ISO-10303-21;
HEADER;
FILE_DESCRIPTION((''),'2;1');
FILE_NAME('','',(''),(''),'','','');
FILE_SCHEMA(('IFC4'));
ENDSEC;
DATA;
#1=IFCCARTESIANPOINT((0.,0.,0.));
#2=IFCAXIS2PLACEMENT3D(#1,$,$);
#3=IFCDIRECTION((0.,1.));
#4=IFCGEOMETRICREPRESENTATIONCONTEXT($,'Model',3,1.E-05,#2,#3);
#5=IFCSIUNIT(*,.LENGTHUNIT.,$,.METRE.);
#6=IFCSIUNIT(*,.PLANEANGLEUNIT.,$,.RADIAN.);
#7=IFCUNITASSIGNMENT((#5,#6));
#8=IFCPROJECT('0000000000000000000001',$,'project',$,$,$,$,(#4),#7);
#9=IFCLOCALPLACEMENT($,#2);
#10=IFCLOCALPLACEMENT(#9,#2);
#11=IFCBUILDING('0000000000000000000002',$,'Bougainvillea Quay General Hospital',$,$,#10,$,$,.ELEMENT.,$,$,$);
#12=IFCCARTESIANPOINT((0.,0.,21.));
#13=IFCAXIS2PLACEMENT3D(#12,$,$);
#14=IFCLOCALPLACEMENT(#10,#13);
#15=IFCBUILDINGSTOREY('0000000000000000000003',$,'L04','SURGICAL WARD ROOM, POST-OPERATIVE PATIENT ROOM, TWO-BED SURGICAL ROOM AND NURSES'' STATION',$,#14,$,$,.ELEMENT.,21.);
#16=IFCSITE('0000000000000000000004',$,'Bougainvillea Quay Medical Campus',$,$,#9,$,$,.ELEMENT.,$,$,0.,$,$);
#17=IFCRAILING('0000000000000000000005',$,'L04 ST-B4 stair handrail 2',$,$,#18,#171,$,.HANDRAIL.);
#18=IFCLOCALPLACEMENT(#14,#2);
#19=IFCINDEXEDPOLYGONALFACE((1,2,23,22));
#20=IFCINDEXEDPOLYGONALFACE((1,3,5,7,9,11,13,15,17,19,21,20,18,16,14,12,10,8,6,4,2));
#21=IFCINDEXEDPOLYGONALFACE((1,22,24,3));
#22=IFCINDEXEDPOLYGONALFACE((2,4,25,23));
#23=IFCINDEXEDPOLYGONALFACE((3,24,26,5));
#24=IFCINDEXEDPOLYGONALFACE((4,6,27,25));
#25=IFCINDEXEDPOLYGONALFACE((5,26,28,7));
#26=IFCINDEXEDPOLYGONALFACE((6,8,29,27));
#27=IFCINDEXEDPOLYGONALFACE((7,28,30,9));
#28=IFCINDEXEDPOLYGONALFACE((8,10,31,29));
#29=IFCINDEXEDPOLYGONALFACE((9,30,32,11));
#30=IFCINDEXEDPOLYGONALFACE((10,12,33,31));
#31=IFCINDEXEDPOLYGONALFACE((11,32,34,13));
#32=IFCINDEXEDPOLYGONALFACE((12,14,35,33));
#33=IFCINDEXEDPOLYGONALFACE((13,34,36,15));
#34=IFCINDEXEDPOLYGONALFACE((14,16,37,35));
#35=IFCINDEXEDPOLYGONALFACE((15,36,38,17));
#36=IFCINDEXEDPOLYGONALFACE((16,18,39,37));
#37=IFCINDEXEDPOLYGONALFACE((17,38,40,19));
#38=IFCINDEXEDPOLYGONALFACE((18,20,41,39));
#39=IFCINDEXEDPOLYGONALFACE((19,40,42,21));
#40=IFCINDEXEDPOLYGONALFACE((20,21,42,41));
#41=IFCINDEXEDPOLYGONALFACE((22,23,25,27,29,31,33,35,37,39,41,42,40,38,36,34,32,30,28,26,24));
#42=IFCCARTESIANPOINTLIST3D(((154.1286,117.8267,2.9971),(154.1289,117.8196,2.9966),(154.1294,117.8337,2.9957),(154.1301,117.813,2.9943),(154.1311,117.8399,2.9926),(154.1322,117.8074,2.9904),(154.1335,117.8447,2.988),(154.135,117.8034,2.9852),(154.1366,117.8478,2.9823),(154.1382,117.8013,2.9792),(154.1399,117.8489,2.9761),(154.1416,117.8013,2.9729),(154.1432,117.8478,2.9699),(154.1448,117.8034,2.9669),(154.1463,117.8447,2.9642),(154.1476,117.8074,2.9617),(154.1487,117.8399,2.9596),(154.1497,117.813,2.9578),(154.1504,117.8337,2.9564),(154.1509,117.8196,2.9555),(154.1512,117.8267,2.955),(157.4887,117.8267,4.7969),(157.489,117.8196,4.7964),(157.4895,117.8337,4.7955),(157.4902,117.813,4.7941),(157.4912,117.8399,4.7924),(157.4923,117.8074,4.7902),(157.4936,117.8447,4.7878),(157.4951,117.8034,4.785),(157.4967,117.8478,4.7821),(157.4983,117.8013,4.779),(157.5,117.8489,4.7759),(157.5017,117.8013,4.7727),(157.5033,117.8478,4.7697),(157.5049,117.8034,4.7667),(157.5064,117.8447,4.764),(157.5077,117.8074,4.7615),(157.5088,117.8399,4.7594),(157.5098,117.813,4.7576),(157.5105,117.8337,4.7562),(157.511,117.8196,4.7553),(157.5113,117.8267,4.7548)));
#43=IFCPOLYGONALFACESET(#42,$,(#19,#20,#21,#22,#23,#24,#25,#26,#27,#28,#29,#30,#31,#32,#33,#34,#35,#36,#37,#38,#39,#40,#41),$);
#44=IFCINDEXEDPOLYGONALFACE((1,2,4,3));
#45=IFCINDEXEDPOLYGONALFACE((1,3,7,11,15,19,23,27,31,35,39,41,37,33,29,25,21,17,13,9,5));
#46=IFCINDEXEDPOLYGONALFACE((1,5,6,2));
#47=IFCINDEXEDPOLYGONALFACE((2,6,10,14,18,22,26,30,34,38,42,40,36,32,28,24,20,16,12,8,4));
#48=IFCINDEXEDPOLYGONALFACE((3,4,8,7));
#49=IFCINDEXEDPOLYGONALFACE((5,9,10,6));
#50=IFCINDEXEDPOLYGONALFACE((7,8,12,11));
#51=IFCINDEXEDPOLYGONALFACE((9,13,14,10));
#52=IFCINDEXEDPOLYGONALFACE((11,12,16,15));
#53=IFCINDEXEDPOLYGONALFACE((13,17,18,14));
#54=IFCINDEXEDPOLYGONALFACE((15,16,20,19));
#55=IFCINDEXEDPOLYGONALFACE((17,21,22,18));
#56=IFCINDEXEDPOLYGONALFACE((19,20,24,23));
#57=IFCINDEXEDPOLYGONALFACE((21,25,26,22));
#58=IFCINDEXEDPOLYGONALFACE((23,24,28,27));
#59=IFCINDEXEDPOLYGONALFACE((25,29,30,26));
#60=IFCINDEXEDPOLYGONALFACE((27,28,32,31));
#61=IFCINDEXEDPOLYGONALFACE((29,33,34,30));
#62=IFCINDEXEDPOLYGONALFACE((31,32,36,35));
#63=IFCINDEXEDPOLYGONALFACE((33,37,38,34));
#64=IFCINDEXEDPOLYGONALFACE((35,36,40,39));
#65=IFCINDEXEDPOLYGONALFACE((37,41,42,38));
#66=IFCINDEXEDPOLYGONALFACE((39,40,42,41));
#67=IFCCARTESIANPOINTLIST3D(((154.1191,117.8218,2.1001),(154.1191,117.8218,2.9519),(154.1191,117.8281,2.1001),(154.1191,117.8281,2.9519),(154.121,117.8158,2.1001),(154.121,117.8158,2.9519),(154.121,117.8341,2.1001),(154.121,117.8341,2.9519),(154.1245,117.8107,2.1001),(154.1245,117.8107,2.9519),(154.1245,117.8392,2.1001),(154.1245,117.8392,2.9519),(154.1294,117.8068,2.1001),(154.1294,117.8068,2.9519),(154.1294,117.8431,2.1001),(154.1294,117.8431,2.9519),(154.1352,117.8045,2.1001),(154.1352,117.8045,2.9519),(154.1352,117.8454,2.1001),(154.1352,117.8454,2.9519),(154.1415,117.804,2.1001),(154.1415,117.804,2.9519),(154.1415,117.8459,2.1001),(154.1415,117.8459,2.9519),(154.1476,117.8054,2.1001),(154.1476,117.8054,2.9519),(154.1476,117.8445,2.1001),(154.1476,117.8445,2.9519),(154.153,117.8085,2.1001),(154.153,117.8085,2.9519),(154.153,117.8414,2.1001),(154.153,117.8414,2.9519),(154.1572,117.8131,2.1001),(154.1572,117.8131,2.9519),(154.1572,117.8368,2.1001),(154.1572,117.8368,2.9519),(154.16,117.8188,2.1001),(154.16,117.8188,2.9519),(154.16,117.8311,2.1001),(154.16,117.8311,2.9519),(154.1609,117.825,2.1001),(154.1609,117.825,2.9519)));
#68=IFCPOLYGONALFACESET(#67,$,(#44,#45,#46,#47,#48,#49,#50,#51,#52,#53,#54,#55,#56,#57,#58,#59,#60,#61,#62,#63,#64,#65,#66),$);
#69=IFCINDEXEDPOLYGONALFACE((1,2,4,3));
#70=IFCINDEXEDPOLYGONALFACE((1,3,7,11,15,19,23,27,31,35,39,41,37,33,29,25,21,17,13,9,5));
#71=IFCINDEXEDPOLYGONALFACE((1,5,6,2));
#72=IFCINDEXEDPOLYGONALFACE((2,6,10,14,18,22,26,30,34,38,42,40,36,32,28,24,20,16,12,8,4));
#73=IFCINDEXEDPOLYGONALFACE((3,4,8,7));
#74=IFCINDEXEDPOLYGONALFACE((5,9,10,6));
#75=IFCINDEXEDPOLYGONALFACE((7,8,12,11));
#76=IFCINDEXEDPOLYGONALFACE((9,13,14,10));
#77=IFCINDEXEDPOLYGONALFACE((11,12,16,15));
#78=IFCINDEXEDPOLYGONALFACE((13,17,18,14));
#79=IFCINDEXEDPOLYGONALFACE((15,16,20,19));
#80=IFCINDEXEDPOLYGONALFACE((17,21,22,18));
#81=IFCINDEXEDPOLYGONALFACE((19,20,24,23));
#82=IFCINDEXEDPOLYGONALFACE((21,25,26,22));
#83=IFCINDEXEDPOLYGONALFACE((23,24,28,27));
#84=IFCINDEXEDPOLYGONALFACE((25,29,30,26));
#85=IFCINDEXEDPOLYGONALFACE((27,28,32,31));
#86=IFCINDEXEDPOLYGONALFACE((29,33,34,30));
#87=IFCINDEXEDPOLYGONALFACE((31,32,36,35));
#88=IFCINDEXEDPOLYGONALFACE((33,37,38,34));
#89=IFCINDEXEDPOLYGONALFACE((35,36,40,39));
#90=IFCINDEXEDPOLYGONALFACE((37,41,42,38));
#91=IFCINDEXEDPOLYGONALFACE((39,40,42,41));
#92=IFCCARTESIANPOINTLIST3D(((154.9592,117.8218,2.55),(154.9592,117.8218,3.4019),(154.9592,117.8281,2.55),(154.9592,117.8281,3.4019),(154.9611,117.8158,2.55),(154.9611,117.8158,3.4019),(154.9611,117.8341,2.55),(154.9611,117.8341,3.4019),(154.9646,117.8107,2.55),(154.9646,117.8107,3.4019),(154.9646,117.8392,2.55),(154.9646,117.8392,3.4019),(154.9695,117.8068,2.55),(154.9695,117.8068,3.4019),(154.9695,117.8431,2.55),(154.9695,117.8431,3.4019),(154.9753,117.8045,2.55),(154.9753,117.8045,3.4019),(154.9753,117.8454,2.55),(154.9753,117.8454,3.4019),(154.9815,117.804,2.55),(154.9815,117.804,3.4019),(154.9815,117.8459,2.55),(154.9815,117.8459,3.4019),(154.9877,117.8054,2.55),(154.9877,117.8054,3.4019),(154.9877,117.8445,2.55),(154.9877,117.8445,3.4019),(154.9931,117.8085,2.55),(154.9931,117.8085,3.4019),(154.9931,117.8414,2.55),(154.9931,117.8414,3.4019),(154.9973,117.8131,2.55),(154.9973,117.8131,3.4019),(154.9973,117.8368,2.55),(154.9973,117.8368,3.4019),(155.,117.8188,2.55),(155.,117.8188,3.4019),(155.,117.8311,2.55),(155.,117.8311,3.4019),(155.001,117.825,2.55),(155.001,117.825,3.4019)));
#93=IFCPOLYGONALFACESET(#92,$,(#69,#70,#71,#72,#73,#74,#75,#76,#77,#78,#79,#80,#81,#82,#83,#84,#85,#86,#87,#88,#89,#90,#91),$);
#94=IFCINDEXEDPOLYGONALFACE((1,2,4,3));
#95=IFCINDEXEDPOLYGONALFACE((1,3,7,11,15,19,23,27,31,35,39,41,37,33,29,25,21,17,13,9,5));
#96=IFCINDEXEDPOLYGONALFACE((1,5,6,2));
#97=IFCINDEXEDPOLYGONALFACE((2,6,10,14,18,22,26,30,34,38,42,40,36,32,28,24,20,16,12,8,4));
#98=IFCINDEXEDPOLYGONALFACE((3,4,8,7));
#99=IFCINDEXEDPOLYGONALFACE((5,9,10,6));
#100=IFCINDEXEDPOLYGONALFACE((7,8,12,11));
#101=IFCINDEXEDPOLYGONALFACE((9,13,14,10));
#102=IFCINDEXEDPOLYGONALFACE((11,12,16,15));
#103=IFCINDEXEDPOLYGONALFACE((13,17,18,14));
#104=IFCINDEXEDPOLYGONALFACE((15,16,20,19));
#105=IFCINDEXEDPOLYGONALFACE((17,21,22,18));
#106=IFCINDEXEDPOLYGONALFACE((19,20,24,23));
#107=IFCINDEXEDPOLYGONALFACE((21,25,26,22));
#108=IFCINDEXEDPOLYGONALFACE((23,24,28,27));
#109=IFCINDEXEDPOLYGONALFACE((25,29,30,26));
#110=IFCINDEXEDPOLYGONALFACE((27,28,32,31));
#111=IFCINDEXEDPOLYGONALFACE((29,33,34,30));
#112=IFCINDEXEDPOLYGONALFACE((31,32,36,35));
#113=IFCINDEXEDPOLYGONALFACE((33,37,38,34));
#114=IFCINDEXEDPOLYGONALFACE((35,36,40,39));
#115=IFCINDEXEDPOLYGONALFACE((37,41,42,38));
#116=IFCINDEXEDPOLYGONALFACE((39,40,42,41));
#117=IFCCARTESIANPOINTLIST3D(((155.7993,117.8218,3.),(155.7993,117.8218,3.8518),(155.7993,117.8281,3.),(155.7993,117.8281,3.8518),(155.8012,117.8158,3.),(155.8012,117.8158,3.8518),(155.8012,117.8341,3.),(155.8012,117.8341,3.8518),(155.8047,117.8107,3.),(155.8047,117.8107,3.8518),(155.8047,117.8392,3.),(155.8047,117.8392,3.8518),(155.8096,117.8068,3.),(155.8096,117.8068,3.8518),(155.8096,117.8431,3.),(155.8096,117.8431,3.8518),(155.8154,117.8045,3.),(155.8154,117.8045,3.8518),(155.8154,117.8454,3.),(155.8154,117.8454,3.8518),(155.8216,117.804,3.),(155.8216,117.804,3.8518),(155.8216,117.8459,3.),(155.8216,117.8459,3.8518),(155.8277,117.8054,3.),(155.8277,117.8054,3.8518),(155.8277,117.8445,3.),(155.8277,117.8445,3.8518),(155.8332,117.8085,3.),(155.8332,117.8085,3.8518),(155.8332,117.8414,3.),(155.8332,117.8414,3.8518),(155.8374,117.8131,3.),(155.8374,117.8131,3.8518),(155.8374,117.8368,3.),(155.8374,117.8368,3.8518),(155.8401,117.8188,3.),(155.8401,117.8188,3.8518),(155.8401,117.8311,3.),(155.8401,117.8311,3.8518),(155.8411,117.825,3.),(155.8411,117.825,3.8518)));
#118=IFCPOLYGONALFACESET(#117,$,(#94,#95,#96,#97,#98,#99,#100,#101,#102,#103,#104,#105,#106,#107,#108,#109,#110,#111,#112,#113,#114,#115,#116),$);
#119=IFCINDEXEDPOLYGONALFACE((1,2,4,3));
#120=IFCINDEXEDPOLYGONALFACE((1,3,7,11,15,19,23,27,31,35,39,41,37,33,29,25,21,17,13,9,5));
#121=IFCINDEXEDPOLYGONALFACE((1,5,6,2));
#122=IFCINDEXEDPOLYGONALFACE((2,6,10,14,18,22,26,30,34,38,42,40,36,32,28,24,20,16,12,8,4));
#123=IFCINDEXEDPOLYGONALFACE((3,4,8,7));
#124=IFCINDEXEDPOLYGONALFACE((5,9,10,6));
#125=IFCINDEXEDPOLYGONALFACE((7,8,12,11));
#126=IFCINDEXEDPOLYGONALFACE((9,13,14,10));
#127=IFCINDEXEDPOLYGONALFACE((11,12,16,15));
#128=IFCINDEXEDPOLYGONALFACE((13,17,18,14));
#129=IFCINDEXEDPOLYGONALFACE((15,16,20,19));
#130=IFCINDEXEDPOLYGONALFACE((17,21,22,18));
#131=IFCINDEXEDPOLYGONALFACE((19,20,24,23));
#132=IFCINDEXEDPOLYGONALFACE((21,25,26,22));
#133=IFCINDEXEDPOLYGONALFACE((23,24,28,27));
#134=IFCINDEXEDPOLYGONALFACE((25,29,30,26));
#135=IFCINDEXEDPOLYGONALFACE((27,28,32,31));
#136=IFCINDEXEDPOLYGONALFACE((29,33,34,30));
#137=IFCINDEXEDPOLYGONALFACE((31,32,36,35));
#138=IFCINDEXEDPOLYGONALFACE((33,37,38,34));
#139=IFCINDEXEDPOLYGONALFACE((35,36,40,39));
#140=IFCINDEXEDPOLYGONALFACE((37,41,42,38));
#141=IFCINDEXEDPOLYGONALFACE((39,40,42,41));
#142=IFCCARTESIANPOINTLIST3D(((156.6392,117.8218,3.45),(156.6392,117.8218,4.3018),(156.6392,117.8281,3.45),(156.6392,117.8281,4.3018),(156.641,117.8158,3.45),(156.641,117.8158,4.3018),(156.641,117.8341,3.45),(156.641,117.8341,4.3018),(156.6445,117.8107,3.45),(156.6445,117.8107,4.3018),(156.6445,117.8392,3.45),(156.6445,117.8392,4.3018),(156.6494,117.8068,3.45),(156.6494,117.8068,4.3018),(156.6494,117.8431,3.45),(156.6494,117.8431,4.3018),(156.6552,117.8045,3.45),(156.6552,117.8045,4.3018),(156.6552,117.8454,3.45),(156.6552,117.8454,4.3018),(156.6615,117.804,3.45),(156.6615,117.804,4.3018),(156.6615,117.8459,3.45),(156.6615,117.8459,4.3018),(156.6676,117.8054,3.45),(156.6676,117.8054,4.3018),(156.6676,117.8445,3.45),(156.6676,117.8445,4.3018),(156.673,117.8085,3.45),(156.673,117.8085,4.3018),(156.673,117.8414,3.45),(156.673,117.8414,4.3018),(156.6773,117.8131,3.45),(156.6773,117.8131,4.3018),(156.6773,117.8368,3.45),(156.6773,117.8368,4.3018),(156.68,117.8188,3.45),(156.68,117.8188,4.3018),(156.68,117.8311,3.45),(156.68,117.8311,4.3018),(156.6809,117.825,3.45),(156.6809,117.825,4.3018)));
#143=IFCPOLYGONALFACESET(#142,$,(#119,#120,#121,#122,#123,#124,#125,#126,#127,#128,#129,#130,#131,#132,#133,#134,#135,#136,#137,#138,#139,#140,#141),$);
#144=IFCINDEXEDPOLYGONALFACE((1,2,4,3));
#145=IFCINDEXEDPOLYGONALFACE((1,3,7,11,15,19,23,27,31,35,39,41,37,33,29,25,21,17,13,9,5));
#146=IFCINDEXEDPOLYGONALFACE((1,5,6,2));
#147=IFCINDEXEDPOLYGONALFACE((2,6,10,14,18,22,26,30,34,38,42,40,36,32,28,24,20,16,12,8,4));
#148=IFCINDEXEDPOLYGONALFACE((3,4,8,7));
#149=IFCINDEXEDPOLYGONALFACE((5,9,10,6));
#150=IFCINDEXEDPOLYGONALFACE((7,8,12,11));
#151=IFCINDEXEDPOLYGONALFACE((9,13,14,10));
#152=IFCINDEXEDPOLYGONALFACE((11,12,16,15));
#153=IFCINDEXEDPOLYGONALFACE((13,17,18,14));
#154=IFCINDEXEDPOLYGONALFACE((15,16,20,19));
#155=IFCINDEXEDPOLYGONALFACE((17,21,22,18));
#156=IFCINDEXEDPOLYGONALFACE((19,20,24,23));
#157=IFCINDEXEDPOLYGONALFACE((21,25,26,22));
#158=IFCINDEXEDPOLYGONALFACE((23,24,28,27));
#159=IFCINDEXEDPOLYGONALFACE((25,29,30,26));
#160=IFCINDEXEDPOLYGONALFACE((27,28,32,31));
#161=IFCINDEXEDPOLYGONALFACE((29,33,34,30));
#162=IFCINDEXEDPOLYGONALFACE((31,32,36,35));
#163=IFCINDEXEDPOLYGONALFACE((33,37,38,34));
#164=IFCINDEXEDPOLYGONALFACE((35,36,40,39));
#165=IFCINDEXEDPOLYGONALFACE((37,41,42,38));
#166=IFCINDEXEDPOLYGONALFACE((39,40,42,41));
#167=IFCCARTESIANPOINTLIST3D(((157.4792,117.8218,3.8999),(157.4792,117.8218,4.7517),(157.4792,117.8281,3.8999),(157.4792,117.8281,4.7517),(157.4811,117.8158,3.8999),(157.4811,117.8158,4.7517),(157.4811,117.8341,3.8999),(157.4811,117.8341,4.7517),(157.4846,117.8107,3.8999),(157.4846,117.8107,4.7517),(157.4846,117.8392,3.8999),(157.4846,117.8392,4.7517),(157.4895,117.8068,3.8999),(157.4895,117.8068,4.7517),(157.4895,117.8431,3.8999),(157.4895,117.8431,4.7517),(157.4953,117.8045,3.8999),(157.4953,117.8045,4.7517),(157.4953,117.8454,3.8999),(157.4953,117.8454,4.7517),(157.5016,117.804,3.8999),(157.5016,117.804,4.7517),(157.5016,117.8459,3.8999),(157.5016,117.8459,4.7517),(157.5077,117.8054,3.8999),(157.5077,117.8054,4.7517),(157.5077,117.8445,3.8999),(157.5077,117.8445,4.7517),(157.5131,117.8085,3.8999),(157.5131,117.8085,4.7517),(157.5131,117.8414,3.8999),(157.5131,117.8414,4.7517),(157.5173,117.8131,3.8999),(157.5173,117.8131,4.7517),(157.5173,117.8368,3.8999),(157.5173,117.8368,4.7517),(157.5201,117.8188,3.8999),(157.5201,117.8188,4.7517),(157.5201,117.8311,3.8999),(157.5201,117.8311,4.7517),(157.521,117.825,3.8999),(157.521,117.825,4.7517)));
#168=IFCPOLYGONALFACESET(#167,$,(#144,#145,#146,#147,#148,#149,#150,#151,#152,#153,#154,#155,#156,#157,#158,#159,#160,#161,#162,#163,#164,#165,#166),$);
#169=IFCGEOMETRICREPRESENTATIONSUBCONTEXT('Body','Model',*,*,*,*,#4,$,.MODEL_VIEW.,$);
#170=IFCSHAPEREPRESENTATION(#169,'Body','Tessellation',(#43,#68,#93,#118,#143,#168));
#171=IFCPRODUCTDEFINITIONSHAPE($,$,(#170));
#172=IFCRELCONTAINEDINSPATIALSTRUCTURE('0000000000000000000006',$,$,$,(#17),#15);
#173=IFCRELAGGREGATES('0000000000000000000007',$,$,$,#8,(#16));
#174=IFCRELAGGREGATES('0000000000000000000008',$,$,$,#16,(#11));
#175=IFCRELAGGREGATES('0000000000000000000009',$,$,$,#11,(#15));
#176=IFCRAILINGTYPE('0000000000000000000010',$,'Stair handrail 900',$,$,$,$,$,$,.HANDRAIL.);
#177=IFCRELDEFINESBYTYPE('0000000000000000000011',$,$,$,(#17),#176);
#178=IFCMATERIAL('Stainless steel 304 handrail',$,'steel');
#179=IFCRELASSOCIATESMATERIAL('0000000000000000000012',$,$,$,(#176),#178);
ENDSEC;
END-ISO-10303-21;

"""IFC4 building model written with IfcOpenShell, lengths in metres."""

from ifc_helpers import new_model, si_unit, direction, frame, origin, origin_2d, place, context, subcontext, project, spatial, circle, extrude, material, type_object, element, save


model = new_model("IFC4")

# Units and contexts
model_context = context("Model", 3, precision=1e-05, world=origin(), true_north=direction((0.0, 1.0)))
body_context = subcontext(model_context, "Body", "Model", "MODEL_VIEW")
ifc_project = project(units=[si_unit("LENGTHUNIT", "METRE"), si_unit("PLANEANGLEUNIT", "RADIAN")], contexts=[model_context])

# Site, building, storey
site_placement = place(None, origin())
site = spatial("IfcSite", under=ifc_project, at=site_placement, Name="Bougainvillea Quay Medical Campus", CompositionType="ELEMENT", RefElevation=0.0)
building_placement = place(site_placement, origin())
building = spatial("IfcBuilding", under=site, at=building_placement, Name="Bougainvillea Quay General Hospital", CompositionType="ELEMENT")
storey_placement = place(building_placement, frame((0.0, 0.0, 21.0)))
storey = spatial("IfcBuildingStorey", under=building, at=storey_placement, Name="L04", Description="SURGICAL WARD ROOM, POST-OPERATIVE PATIENT ROOM, TWO-BED SURGICAL ROOM AND NURSES' STATION", CompositionType="ELEMENT", Elevation=21.0)

# Railing
ifc_material_1 = material(Name="Stainless steel 304 handrail", Category="steel")
railing_type_1 = type_object("IfcRailingType", Name="Stair handrail 900", PredefinedType="HANDRAIL", material=ifc_material_1)
railing_1_placement = place(storey_placement, frame((154.1399, 117.825, 2.1001)))
element("IfcRailing", 1, at=railing_1_placement, inside=storey, type_object=railing_type_1, Name="L04 ST-B4 stair handrail 2", PredefinedType="HANDRAIL", context=body_context, shape_type="SweptSolid", body=[
    extrude(circle(Radius=0.0239, at=origin_2d()), frame((0.0, 0.0, 0.876), z_axis=(0.881508, 0.0, 0.47217), x_axis=(0.0, 1.0, 0.0)), (0.0, 0.0, 1.0), 3.8118),
    extrude(circle(Radius=0.021, at=origin_2d()), origin(), (0.0, 0.0, 1.0), 0.8518),
    extrude(circle(Radius=0.021, at=origin_2d()), frame((0.8401, 0.0, 0.45)), (0.0, 0.0, 1.0), 0.8518),
    extrude(circle(Radius=0.021, at=origin_2d()), frame((1.6802, 0.0, 0.8999)), (0.0, 0.0, 1.0), 0.8518),
    extrude(circle(Radius=0.021, at=origin_2d()), frame((2.52, 0.0, 1.3499)), (0.0, 0.0, 1.0), 0.8518),
    extrude(circle(Radius=0.021, at=origin_2d()), frame((3.3601, 0.0, 1.7998)), (0.0, 0.0, 1.0), 0.8518),
])

save(model, "model.ifc")
